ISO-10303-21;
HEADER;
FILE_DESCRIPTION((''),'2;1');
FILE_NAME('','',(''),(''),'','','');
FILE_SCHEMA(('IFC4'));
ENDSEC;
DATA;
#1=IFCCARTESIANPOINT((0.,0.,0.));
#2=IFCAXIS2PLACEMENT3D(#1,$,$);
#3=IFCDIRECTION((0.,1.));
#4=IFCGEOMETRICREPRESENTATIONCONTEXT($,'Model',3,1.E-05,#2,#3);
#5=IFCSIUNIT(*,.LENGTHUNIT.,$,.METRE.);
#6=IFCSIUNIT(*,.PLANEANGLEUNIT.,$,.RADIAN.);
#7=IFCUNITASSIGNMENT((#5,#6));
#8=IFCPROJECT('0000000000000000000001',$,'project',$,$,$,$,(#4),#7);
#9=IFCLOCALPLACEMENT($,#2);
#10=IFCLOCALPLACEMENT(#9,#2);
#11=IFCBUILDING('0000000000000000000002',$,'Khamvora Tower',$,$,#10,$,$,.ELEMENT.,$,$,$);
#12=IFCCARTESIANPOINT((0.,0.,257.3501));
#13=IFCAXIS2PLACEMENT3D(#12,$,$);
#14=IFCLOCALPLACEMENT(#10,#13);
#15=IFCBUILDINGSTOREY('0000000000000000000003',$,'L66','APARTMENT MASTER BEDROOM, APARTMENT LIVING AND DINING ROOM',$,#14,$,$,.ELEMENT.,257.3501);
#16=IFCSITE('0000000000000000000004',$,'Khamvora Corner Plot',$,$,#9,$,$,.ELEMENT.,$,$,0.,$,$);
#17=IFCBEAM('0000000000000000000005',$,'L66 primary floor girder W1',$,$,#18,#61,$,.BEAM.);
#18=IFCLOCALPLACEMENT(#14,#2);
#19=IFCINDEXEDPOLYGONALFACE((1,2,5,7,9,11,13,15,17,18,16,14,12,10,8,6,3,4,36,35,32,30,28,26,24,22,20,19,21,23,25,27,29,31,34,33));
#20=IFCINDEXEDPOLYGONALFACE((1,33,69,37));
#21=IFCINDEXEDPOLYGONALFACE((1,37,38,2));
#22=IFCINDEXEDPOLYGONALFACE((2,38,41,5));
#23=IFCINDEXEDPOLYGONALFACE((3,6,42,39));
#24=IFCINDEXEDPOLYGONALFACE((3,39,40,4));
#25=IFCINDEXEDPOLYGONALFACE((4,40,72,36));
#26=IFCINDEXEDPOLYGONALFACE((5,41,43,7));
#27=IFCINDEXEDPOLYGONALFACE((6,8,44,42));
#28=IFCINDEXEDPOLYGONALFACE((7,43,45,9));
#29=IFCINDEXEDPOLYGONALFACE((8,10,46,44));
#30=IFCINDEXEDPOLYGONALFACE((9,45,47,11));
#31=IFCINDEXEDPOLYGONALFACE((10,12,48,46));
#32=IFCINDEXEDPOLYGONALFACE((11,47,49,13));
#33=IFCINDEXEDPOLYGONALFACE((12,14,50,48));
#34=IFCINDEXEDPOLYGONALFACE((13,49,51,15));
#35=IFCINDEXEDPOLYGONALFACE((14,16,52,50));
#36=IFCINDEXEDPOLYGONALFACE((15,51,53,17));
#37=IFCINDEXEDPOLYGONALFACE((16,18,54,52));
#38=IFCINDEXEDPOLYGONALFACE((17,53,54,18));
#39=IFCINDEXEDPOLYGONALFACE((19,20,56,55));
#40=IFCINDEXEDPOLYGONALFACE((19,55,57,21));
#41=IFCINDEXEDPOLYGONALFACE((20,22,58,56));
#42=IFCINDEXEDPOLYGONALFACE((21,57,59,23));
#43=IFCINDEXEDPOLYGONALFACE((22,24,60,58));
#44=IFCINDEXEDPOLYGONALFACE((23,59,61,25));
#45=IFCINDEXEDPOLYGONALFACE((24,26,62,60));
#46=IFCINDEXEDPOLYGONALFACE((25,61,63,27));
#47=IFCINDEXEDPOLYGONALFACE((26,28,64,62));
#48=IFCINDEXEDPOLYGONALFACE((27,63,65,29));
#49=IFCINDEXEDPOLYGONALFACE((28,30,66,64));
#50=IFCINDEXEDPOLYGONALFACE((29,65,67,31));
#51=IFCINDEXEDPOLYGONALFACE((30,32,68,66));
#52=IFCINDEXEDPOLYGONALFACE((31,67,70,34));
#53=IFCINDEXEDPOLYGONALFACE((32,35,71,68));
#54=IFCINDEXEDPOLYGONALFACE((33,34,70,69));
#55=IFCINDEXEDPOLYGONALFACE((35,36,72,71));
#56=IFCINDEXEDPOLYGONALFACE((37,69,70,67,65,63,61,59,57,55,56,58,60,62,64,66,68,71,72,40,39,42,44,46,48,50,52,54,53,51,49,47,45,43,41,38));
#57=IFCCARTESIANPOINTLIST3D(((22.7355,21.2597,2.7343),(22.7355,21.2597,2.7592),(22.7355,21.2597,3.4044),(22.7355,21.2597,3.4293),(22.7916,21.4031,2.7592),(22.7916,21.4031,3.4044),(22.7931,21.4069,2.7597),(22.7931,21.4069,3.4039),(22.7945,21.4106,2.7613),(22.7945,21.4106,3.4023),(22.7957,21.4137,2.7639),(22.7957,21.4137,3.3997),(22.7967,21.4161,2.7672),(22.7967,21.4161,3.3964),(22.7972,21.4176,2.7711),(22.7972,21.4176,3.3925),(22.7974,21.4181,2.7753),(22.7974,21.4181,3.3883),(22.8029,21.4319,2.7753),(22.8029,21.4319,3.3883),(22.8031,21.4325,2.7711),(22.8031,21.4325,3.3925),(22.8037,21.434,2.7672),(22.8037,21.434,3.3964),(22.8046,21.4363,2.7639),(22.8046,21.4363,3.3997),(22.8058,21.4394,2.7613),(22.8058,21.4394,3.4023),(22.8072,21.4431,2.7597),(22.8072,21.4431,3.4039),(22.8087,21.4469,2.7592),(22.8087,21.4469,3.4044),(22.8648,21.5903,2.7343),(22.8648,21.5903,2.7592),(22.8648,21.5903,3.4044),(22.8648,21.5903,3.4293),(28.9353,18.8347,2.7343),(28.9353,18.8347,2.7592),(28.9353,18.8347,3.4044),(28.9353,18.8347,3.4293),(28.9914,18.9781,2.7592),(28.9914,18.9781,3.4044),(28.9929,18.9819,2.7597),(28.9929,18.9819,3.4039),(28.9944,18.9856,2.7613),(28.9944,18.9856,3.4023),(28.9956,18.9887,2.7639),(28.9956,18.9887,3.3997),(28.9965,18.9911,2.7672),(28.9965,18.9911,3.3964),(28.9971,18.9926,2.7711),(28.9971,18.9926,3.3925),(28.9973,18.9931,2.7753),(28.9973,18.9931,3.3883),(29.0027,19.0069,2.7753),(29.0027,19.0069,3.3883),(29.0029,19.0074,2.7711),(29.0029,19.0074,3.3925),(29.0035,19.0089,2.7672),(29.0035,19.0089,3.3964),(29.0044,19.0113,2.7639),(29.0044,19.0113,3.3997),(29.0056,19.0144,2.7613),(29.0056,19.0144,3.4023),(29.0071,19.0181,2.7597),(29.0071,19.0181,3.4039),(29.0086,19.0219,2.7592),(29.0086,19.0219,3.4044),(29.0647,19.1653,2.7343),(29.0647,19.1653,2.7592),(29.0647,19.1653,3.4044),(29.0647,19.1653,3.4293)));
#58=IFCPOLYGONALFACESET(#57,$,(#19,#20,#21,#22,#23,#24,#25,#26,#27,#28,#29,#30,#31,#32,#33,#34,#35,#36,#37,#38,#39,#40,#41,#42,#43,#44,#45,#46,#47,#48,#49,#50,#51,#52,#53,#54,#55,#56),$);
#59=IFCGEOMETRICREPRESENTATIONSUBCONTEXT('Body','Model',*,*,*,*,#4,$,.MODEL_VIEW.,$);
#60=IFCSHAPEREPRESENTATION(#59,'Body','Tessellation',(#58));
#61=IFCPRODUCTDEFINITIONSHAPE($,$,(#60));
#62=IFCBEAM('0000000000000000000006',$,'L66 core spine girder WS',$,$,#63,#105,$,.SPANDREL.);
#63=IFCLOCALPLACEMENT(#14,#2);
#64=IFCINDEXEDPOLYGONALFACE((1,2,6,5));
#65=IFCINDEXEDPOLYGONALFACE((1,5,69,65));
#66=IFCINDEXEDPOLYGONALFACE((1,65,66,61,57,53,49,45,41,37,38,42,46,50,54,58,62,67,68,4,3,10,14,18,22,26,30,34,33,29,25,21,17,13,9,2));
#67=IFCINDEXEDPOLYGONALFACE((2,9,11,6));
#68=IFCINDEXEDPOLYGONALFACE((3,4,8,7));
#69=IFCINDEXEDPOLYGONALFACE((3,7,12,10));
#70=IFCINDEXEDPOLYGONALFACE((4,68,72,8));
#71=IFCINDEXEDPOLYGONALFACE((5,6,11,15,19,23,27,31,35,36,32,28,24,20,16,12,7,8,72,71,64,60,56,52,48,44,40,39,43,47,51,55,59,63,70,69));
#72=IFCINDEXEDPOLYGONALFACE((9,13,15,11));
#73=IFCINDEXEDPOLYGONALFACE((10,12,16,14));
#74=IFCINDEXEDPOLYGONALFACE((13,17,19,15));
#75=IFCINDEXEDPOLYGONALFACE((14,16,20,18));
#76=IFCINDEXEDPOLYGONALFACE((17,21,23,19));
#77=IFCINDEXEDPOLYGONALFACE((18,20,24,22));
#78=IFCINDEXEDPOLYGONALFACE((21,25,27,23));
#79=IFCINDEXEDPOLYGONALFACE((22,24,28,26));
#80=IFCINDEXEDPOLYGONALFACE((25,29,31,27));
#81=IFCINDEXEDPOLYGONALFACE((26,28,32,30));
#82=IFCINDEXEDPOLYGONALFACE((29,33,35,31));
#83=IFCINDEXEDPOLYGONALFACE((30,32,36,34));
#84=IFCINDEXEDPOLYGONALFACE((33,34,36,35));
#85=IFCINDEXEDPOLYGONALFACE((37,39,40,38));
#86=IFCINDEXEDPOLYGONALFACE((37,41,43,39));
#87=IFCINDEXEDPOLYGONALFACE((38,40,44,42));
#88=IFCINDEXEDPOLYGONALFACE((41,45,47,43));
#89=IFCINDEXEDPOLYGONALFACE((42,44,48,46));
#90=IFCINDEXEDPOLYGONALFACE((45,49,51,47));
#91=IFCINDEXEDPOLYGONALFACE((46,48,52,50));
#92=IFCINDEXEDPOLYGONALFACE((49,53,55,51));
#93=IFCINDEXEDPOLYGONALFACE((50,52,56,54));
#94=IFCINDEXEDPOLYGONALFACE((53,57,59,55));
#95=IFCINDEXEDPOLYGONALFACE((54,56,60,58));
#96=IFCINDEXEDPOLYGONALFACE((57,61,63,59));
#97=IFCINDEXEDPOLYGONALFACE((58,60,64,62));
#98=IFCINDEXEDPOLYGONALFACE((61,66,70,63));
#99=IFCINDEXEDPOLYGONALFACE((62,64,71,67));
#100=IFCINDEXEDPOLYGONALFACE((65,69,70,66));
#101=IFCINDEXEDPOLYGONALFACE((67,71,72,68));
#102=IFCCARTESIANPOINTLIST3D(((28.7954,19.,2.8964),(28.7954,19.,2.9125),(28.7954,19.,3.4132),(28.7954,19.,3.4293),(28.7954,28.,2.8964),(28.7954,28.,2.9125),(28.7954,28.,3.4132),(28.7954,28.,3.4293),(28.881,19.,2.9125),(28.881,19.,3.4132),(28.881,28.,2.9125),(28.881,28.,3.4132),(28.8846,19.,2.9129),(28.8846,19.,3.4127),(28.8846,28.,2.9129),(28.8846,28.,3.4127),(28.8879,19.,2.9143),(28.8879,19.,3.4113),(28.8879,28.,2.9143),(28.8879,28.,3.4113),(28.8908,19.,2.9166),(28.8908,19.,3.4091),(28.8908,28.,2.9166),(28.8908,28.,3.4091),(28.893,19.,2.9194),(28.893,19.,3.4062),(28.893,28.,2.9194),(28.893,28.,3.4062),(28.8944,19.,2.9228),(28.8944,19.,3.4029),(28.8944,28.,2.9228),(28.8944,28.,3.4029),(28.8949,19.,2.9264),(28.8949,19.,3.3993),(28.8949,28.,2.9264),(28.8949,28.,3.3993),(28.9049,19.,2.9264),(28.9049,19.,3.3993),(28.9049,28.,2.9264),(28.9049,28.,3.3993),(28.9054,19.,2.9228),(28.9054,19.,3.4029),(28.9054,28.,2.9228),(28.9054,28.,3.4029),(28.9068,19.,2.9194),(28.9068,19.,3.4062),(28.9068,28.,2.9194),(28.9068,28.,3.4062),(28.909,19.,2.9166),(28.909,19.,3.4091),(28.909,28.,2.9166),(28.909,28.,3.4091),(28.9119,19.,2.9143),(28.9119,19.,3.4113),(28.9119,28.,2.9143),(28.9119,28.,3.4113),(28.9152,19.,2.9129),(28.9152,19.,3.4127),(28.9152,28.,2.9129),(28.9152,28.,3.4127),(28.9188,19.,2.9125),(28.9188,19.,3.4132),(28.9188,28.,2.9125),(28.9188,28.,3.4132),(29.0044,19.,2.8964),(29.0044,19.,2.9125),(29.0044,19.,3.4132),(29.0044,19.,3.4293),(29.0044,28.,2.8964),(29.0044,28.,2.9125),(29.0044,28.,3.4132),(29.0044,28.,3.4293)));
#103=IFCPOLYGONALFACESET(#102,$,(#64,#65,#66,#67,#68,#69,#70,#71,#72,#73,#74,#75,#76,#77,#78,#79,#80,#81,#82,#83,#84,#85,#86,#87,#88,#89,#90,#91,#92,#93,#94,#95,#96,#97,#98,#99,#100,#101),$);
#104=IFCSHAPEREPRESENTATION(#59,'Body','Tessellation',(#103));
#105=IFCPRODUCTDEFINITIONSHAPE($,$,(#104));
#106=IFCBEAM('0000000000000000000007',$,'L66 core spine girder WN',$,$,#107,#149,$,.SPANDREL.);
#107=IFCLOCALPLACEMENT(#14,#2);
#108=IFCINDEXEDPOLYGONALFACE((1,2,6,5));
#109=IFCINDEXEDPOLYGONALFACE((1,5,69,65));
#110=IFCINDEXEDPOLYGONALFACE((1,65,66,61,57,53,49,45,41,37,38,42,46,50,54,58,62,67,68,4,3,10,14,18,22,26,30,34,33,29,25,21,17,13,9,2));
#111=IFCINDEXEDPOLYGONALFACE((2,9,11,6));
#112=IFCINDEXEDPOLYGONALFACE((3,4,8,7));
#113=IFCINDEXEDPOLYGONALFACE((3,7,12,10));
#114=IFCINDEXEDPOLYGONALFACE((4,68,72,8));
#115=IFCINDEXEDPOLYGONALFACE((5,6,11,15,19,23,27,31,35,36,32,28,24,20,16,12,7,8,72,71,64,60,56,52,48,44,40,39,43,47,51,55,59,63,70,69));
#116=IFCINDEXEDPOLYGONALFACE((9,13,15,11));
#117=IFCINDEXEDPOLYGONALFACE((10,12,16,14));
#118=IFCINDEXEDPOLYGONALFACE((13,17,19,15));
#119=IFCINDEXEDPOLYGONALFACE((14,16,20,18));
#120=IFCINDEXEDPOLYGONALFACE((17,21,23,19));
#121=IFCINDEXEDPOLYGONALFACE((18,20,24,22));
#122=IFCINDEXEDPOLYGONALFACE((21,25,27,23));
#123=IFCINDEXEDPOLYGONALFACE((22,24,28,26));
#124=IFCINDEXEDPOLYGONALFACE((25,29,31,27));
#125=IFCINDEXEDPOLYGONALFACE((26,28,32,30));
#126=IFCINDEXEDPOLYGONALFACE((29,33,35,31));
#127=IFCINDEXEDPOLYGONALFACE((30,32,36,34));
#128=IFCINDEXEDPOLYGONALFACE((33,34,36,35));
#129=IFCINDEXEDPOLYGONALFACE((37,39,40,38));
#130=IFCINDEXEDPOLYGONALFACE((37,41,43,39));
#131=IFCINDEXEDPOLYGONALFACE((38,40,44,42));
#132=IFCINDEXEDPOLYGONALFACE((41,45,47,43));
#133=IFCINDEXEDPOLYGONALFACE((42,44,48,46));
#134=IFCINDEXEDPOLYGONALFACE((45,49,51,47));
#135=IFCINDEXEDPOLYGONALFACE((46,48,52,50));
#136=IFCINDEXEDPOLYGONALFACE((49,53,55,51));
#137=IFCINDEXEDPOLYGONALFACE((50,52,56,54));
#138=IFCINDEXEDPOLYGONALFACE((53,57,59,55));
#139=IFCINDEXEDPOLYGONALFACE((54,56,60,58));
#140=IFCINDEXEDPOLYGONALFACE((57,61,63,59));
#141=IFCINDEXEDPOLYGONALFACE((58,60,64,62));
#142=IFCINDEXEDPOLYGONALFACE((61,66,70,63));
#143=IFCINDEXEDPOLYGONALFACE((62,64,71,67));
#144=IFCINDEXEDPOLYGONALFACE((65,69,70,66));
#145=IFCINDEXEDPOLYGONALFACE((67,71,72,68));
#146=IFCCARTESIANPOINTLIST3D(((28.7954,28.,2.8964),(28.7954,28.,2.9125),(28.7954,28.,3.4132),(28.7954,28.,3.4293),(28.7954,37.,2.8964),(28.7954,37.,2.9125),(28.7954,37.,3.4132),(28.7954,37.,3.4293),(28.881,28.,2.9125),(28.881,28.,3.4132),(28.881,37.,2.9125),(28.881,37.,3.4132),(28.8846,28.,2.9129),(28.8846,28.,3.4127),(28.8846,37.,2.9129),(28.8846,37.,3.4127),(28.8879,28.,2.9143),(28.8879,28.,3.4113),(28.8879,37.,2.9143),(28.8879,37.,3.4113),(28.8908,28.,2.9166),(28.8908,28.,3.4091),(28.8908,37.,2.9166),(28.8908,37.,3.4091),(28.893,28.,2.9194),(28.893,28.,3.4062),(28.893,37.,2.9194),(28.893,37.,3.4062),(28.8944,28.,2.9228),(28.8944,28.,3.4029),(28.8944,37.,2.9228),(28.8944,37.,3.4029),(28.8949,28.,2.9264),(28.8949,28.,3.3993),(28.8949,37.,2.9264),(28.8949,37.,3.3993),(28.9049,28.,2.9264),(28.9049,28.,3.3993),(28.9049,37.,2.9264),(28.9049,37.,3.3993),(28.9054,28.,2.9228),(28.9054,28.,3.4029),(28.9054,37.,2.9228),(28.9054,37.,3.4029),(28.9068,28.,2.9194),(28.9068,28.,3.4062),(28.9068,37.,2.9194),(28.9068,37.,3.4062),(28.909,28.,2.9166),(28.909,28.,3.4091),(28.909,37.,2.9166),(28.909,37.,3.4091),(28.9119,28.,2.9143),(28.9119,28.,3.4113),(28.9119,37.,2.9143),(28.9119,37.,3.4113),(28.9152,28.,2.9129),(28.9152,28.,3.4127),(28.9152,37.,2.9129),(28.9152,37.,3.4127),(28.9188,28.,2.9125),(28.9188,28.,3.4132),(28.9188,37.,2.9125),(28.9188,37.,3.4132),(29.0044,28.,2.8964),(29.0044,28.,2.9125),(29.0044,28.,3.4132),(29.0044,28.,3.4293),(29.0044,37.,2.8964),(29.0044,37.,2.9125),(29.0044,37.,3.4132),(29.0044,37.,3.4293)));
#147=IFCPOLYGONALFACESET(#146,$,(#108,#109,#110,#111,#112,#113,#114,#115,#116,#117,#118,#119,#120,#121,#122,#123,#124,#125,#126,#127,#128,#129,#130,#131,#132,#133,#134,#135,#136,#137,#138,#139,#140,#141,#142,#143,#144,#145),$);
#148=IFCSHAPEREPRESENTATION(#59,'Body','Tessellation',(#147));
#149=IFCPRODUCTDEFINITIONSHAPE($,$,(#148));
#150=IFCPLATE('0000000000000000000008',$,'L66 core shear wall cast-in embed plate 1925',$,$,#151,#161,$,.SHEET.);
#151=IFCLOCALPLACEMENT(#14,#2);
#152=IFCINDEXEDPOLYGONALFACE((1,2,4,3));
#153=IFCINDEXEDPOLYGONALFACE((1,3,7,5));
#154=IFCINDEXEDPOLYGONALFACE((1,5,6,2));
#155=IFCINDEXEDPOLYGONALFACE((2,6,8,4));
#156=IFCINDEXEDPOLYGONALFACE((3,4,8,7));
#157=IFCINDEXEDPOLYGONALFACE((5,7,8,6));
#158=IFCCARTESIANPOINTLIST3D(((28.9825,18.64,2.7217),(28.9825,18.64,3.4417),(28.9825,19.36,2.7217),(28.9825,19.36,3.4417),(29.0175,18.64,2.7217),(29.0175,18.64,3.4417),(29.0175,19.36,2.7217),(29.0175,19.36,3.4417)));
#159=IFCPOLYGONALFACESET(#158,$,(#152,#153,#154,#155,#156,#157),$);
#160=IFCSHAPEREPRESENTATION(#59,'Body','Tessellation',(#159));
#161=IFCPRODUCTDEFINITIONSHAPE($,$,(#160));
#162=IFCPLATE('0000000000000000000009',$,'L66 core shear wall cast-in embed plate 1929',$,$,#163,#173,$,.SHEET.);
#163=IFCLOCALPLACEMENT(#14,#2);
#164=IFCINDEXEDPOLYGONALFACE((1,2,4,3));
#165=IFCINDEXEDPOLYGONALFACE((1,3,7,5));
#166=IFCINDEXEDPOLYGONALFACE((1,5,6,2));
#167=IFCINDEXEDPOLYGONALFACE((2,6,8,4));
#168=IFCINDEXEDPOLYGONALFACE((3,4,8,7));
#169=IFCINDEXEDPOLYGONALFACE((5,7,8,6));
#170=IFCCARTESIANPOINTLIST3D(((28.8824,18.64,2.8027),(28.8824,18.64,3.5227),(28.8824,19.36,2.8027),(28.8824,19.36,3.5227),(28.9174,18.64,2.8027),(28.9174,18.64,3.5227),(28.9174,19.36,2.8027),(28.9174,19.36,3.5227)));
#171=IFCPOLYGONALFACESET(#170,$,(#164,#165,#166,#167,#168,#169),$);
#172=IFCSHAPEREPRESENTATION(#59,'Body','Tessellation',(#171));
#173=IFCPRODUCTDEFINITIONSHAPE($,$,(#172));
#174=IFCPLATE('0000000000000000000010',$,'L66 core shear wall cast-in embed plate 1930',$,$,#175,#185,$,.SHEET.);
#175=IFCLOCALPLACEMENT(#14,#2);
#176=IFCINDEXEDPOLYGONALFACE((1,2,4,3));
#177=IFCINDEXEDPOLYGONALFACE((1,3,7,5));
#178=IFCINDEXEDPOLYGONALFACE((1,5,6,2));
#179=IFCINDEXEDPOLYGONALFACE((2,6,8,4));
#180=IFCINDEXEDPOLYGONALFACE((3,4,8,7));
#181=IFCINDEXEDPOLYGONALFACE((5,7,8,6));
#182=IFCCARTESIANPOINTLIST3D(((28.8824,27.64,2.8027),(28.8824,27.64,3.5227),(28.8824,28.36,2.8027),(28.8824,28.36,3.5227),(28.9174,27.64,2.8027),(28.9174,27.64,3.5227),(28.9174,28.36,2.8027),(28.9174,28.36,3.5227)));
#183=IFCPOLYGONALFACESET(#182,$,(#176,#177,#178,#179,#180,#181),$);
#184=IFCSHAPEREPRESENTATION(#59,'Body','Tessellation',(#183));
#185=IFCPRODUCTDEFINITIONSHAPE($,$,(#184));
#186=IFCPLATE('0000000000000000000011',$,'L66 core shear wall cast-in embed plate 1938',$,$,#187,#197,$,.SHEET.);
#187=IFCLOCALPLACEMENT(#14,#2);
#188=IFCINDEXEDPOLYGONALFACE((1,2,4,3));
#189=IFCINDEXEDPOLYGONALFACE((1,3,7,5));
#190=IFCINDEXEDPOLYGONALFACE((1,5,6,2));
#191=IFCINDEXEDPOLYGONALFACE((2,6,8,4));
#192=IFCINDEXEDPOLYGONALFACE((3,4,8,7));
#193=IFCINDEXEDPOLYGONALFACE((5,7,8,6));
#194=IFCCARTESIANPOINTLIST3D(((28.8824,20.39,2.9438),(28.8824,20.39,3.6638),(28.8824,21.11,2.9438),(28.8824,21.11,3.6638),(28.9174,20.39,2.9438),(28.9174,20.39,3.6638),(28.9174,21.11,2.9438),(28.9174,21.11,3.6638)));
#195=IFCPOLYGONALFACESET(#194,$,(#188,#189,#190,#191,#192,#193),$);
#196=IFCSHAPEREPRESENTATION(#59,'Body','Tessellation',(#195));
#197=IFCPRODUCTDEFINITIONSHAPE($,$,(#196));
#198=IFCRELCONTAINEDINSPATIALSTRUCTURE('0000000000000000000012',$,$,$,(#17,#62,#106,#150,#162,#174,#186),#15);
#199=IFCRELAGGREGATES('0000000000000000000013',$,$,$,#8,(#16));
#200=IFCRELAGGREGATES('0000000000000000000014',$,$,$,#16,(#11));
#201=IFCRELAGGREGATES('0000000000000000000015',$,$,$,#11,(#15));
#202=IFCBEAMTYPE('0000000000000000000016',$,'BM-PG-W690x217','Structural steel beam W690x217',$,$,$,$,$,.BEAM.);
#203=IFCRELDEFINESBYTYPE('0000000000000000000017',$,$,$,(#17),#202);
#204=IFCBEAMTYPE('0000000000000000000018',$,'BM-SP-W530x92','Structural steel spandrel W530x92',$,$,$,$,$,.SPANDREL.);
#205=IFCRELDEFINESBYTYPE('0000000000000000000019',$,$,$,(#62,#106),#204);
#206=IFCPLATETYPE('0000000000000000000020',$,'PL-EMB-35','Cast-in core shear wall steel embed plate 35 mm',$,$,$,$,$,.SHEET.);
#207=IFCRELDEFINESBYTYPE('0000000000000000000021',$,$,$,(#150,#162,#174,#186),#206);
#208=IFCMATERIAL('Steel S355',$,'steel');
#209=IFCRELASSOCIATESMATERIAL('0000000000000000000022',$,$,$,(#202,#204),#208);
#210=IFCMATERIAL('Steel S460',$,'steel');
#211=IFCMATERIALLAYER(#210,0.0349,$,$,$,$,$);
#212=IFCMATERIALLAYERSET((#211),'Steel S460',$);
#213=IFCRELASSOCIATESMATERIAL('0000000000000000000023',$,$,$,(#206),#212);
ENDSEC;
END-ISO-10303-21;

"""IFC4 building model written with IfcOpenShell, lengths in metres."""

from ifc_helpers import new_model, si_unit, direction, frame, origin, origin_2d, place, context, subcontext, project, spatial, rectangle, i_section, extrude, material, layer, layer_set, material_profile, profile_set, type_object, element, save


model = new_model("IFC4")

# Units and contexts
model_context = context("Model", 3, precision=1e-05, world=origin(), true_north=direction((0.0, 1.0)))
body_context = subcontext(model_context, "Body", "Model", "MODEL_VIEW")
ifc_project = project(units=[si_unit("LENGTHUNIT", "METRE"), si_unit("PLANEANGLEUNIT", "RADIAN")], contexts=[model_context])

# Site, building, storey
site_placement = place(None, origin())
site = spatial("IfcSite", under=ifc_project, at=site_placement, Name="Khamvora Corner Plot", CompositionType="ELEMENT", RefElevation=0.0)
building_placement = place(site_placement, origin())
building = spatial("IfcBuilding", under=site, at=building_placement, Name="Khamvora Tower", CompositionType="ELEMENT")
storey_placement = place(building_placement, frame((0.0, 0.0, 257.3501)))
storey = spatial("IfcBuildingStorey", under=building, at=storey_placement, Name="L66", Description="APARTMENT MASTER BEDROOM, APARTMENT LIVING AND DINING ROOM", CompositionType="ELEMENT", Elevation=257.3501)

# Beams
ifc_material_1 = material(Name="Steel S355", Category="steel")
ifc_material_profile_1 = material_profile(ifc_material_1, i_section(OverallWidth=0.355, OverallDepth=0.6951, WebThickness=0.0149, FlangeThickness=0.0249, FilletRadius=0.0161, at=origin_2d()), Name="W690x217")
ifc_profile_set_1 = profile_set([ifc_material_profile_1], Name="Steel S355")
beam_type_1 = type_object("IfcBeamType", Name="BM-PG-W690x217", Description="Structural steel beam W690x217", PredefinedType="BEAM", material=ifc_profile_set_1)
beam_1_placement = place(storey_placement, frame((29.0, 19.0, 3.0818), z_axis=(-0.931295, 0.364267, 0.0), x_axis=(-0.364267, -0.931295, 0.0)))
element("IfcBeam", 1, at=beam_1_placement, inside=storey, type_object=beam_type_1, Name="L66 primary floor girder W1", PredefinedType="BEAM", context=body_context, shape_type="SweptSolid", body=[
    extrude(i_section(OverallWidth=0.355, OverallDepth=0.6951, WebThickness=0.0149, FlangeThickness=0.0249, FilletRadius=0.0161, at=origin_2d()), origin(), (0.0, 0.0, 1.0), 6.6572),
])
ifc_material_profile_2 = material_profile(ifc_material_1, i_section(OverallWidth=0.209, OverallDepth=0.533, WebThickness=0.01, FlangeThickness=0.0161, FilletRadius=0.0139, at=origin_2d()), Name="W530x92")
ifc_profile_set_2 = profile_set([ifc_material_profile_2], Name="Steel S355")
beam_type_2 = type_object("IfcBeamType", Name="BM-SP-W530x92", Description="Structural steel spandrel W530x92", PredefinedType="SPANDREL", material=ifc_profile_set_2)
for number, where, z_axis, x_axis, name in (
    (2, (28.8999, 19.0, 3.1628), (0.0, 1.0, 0.0), (-1.0, 0.0, 0.0), "L66 core spine girder WS"),
    (3, (28.8999, 28.0, 3.1628), (0.0, 1.0, 0.0), (-1.0, 0.0, 0.0), "L66 core spine girder WN"),
):
    element("IfcBeam", number, at=place(storey_placement, frame(where, z_axis=z_axis, x_axis=x_axis)), inside=storey, type_object=beam_type_2, Name=name, PredefinedType="SPANDREL", context=body_context, shape_type="SweptSolid", body=[
        extrude(i_section(OverallWidth=0.209, OverallDepth=0.533, WebThickness=0.01, FlangeThickness=0.0161, FilletRadius=0.0139, at=origin_2d()), origin(), (0.0, 0.0, 1.0), 9.0),
    ])

# Plates
ifc_material_2 = material(Name="Steel S460", Category="steel")
ifc_layer_1 = layer(ifc_material_2, 0.0349)
ifc_layer_set_1 = layer_set([ifc_layer_1], Name="Steel S460")
plate_type = type_object("IfcPlateType", Name="PL-EMB-35", Description="Cast-in core shear wall steel embed plate 35 mm", PredefinedType="SHEET", material=ifc_layer_set_1)
for number, where, z_axis, x_axis, name in (
    (4, (29.0, 19.0, 2.7217), (0.0, 0.0, 1.0), (1.0, 0.0, 0.0), "L66 core shear wall cast-in embed plate 1925"),
    (5, (28.8999, 19.0, 2.8027), (0.0, 0.0, 1.0), (1.0, 0.0, 0.0), "L66 core shear wall cast-in embed plate 1929"),
    (6, (28.8999, 28.0, 2.8027), (0.0, 0.0, 1.0), (1.0, 0.0, 0.0), "L66 core shear wall cast-in embed plate 1930"),
    (7, (28.8999, 20.75, 2.9438), (0.0, 0.0, 1.0), (1.0, 0.0, 0.0), "L66 core shear wall cast-in embed plate 1938"),
):
    element("IfcPlate", number, at=place(storey_placement, frame(where, z_axis=z_axis, x_axis=x_axis)), inside=storey, type_object=plate_type, Name=name, PredefinedType="SHEET", context=body_context, shape_type="SweptSolid", body=[
        extrude(rectangle(XDim=0.0349, YDim=0.72, at=origin_2d()), origin(), (0.0, 0.0, 1.0), 0.72),
    ])

save(model, "model.ifc")
